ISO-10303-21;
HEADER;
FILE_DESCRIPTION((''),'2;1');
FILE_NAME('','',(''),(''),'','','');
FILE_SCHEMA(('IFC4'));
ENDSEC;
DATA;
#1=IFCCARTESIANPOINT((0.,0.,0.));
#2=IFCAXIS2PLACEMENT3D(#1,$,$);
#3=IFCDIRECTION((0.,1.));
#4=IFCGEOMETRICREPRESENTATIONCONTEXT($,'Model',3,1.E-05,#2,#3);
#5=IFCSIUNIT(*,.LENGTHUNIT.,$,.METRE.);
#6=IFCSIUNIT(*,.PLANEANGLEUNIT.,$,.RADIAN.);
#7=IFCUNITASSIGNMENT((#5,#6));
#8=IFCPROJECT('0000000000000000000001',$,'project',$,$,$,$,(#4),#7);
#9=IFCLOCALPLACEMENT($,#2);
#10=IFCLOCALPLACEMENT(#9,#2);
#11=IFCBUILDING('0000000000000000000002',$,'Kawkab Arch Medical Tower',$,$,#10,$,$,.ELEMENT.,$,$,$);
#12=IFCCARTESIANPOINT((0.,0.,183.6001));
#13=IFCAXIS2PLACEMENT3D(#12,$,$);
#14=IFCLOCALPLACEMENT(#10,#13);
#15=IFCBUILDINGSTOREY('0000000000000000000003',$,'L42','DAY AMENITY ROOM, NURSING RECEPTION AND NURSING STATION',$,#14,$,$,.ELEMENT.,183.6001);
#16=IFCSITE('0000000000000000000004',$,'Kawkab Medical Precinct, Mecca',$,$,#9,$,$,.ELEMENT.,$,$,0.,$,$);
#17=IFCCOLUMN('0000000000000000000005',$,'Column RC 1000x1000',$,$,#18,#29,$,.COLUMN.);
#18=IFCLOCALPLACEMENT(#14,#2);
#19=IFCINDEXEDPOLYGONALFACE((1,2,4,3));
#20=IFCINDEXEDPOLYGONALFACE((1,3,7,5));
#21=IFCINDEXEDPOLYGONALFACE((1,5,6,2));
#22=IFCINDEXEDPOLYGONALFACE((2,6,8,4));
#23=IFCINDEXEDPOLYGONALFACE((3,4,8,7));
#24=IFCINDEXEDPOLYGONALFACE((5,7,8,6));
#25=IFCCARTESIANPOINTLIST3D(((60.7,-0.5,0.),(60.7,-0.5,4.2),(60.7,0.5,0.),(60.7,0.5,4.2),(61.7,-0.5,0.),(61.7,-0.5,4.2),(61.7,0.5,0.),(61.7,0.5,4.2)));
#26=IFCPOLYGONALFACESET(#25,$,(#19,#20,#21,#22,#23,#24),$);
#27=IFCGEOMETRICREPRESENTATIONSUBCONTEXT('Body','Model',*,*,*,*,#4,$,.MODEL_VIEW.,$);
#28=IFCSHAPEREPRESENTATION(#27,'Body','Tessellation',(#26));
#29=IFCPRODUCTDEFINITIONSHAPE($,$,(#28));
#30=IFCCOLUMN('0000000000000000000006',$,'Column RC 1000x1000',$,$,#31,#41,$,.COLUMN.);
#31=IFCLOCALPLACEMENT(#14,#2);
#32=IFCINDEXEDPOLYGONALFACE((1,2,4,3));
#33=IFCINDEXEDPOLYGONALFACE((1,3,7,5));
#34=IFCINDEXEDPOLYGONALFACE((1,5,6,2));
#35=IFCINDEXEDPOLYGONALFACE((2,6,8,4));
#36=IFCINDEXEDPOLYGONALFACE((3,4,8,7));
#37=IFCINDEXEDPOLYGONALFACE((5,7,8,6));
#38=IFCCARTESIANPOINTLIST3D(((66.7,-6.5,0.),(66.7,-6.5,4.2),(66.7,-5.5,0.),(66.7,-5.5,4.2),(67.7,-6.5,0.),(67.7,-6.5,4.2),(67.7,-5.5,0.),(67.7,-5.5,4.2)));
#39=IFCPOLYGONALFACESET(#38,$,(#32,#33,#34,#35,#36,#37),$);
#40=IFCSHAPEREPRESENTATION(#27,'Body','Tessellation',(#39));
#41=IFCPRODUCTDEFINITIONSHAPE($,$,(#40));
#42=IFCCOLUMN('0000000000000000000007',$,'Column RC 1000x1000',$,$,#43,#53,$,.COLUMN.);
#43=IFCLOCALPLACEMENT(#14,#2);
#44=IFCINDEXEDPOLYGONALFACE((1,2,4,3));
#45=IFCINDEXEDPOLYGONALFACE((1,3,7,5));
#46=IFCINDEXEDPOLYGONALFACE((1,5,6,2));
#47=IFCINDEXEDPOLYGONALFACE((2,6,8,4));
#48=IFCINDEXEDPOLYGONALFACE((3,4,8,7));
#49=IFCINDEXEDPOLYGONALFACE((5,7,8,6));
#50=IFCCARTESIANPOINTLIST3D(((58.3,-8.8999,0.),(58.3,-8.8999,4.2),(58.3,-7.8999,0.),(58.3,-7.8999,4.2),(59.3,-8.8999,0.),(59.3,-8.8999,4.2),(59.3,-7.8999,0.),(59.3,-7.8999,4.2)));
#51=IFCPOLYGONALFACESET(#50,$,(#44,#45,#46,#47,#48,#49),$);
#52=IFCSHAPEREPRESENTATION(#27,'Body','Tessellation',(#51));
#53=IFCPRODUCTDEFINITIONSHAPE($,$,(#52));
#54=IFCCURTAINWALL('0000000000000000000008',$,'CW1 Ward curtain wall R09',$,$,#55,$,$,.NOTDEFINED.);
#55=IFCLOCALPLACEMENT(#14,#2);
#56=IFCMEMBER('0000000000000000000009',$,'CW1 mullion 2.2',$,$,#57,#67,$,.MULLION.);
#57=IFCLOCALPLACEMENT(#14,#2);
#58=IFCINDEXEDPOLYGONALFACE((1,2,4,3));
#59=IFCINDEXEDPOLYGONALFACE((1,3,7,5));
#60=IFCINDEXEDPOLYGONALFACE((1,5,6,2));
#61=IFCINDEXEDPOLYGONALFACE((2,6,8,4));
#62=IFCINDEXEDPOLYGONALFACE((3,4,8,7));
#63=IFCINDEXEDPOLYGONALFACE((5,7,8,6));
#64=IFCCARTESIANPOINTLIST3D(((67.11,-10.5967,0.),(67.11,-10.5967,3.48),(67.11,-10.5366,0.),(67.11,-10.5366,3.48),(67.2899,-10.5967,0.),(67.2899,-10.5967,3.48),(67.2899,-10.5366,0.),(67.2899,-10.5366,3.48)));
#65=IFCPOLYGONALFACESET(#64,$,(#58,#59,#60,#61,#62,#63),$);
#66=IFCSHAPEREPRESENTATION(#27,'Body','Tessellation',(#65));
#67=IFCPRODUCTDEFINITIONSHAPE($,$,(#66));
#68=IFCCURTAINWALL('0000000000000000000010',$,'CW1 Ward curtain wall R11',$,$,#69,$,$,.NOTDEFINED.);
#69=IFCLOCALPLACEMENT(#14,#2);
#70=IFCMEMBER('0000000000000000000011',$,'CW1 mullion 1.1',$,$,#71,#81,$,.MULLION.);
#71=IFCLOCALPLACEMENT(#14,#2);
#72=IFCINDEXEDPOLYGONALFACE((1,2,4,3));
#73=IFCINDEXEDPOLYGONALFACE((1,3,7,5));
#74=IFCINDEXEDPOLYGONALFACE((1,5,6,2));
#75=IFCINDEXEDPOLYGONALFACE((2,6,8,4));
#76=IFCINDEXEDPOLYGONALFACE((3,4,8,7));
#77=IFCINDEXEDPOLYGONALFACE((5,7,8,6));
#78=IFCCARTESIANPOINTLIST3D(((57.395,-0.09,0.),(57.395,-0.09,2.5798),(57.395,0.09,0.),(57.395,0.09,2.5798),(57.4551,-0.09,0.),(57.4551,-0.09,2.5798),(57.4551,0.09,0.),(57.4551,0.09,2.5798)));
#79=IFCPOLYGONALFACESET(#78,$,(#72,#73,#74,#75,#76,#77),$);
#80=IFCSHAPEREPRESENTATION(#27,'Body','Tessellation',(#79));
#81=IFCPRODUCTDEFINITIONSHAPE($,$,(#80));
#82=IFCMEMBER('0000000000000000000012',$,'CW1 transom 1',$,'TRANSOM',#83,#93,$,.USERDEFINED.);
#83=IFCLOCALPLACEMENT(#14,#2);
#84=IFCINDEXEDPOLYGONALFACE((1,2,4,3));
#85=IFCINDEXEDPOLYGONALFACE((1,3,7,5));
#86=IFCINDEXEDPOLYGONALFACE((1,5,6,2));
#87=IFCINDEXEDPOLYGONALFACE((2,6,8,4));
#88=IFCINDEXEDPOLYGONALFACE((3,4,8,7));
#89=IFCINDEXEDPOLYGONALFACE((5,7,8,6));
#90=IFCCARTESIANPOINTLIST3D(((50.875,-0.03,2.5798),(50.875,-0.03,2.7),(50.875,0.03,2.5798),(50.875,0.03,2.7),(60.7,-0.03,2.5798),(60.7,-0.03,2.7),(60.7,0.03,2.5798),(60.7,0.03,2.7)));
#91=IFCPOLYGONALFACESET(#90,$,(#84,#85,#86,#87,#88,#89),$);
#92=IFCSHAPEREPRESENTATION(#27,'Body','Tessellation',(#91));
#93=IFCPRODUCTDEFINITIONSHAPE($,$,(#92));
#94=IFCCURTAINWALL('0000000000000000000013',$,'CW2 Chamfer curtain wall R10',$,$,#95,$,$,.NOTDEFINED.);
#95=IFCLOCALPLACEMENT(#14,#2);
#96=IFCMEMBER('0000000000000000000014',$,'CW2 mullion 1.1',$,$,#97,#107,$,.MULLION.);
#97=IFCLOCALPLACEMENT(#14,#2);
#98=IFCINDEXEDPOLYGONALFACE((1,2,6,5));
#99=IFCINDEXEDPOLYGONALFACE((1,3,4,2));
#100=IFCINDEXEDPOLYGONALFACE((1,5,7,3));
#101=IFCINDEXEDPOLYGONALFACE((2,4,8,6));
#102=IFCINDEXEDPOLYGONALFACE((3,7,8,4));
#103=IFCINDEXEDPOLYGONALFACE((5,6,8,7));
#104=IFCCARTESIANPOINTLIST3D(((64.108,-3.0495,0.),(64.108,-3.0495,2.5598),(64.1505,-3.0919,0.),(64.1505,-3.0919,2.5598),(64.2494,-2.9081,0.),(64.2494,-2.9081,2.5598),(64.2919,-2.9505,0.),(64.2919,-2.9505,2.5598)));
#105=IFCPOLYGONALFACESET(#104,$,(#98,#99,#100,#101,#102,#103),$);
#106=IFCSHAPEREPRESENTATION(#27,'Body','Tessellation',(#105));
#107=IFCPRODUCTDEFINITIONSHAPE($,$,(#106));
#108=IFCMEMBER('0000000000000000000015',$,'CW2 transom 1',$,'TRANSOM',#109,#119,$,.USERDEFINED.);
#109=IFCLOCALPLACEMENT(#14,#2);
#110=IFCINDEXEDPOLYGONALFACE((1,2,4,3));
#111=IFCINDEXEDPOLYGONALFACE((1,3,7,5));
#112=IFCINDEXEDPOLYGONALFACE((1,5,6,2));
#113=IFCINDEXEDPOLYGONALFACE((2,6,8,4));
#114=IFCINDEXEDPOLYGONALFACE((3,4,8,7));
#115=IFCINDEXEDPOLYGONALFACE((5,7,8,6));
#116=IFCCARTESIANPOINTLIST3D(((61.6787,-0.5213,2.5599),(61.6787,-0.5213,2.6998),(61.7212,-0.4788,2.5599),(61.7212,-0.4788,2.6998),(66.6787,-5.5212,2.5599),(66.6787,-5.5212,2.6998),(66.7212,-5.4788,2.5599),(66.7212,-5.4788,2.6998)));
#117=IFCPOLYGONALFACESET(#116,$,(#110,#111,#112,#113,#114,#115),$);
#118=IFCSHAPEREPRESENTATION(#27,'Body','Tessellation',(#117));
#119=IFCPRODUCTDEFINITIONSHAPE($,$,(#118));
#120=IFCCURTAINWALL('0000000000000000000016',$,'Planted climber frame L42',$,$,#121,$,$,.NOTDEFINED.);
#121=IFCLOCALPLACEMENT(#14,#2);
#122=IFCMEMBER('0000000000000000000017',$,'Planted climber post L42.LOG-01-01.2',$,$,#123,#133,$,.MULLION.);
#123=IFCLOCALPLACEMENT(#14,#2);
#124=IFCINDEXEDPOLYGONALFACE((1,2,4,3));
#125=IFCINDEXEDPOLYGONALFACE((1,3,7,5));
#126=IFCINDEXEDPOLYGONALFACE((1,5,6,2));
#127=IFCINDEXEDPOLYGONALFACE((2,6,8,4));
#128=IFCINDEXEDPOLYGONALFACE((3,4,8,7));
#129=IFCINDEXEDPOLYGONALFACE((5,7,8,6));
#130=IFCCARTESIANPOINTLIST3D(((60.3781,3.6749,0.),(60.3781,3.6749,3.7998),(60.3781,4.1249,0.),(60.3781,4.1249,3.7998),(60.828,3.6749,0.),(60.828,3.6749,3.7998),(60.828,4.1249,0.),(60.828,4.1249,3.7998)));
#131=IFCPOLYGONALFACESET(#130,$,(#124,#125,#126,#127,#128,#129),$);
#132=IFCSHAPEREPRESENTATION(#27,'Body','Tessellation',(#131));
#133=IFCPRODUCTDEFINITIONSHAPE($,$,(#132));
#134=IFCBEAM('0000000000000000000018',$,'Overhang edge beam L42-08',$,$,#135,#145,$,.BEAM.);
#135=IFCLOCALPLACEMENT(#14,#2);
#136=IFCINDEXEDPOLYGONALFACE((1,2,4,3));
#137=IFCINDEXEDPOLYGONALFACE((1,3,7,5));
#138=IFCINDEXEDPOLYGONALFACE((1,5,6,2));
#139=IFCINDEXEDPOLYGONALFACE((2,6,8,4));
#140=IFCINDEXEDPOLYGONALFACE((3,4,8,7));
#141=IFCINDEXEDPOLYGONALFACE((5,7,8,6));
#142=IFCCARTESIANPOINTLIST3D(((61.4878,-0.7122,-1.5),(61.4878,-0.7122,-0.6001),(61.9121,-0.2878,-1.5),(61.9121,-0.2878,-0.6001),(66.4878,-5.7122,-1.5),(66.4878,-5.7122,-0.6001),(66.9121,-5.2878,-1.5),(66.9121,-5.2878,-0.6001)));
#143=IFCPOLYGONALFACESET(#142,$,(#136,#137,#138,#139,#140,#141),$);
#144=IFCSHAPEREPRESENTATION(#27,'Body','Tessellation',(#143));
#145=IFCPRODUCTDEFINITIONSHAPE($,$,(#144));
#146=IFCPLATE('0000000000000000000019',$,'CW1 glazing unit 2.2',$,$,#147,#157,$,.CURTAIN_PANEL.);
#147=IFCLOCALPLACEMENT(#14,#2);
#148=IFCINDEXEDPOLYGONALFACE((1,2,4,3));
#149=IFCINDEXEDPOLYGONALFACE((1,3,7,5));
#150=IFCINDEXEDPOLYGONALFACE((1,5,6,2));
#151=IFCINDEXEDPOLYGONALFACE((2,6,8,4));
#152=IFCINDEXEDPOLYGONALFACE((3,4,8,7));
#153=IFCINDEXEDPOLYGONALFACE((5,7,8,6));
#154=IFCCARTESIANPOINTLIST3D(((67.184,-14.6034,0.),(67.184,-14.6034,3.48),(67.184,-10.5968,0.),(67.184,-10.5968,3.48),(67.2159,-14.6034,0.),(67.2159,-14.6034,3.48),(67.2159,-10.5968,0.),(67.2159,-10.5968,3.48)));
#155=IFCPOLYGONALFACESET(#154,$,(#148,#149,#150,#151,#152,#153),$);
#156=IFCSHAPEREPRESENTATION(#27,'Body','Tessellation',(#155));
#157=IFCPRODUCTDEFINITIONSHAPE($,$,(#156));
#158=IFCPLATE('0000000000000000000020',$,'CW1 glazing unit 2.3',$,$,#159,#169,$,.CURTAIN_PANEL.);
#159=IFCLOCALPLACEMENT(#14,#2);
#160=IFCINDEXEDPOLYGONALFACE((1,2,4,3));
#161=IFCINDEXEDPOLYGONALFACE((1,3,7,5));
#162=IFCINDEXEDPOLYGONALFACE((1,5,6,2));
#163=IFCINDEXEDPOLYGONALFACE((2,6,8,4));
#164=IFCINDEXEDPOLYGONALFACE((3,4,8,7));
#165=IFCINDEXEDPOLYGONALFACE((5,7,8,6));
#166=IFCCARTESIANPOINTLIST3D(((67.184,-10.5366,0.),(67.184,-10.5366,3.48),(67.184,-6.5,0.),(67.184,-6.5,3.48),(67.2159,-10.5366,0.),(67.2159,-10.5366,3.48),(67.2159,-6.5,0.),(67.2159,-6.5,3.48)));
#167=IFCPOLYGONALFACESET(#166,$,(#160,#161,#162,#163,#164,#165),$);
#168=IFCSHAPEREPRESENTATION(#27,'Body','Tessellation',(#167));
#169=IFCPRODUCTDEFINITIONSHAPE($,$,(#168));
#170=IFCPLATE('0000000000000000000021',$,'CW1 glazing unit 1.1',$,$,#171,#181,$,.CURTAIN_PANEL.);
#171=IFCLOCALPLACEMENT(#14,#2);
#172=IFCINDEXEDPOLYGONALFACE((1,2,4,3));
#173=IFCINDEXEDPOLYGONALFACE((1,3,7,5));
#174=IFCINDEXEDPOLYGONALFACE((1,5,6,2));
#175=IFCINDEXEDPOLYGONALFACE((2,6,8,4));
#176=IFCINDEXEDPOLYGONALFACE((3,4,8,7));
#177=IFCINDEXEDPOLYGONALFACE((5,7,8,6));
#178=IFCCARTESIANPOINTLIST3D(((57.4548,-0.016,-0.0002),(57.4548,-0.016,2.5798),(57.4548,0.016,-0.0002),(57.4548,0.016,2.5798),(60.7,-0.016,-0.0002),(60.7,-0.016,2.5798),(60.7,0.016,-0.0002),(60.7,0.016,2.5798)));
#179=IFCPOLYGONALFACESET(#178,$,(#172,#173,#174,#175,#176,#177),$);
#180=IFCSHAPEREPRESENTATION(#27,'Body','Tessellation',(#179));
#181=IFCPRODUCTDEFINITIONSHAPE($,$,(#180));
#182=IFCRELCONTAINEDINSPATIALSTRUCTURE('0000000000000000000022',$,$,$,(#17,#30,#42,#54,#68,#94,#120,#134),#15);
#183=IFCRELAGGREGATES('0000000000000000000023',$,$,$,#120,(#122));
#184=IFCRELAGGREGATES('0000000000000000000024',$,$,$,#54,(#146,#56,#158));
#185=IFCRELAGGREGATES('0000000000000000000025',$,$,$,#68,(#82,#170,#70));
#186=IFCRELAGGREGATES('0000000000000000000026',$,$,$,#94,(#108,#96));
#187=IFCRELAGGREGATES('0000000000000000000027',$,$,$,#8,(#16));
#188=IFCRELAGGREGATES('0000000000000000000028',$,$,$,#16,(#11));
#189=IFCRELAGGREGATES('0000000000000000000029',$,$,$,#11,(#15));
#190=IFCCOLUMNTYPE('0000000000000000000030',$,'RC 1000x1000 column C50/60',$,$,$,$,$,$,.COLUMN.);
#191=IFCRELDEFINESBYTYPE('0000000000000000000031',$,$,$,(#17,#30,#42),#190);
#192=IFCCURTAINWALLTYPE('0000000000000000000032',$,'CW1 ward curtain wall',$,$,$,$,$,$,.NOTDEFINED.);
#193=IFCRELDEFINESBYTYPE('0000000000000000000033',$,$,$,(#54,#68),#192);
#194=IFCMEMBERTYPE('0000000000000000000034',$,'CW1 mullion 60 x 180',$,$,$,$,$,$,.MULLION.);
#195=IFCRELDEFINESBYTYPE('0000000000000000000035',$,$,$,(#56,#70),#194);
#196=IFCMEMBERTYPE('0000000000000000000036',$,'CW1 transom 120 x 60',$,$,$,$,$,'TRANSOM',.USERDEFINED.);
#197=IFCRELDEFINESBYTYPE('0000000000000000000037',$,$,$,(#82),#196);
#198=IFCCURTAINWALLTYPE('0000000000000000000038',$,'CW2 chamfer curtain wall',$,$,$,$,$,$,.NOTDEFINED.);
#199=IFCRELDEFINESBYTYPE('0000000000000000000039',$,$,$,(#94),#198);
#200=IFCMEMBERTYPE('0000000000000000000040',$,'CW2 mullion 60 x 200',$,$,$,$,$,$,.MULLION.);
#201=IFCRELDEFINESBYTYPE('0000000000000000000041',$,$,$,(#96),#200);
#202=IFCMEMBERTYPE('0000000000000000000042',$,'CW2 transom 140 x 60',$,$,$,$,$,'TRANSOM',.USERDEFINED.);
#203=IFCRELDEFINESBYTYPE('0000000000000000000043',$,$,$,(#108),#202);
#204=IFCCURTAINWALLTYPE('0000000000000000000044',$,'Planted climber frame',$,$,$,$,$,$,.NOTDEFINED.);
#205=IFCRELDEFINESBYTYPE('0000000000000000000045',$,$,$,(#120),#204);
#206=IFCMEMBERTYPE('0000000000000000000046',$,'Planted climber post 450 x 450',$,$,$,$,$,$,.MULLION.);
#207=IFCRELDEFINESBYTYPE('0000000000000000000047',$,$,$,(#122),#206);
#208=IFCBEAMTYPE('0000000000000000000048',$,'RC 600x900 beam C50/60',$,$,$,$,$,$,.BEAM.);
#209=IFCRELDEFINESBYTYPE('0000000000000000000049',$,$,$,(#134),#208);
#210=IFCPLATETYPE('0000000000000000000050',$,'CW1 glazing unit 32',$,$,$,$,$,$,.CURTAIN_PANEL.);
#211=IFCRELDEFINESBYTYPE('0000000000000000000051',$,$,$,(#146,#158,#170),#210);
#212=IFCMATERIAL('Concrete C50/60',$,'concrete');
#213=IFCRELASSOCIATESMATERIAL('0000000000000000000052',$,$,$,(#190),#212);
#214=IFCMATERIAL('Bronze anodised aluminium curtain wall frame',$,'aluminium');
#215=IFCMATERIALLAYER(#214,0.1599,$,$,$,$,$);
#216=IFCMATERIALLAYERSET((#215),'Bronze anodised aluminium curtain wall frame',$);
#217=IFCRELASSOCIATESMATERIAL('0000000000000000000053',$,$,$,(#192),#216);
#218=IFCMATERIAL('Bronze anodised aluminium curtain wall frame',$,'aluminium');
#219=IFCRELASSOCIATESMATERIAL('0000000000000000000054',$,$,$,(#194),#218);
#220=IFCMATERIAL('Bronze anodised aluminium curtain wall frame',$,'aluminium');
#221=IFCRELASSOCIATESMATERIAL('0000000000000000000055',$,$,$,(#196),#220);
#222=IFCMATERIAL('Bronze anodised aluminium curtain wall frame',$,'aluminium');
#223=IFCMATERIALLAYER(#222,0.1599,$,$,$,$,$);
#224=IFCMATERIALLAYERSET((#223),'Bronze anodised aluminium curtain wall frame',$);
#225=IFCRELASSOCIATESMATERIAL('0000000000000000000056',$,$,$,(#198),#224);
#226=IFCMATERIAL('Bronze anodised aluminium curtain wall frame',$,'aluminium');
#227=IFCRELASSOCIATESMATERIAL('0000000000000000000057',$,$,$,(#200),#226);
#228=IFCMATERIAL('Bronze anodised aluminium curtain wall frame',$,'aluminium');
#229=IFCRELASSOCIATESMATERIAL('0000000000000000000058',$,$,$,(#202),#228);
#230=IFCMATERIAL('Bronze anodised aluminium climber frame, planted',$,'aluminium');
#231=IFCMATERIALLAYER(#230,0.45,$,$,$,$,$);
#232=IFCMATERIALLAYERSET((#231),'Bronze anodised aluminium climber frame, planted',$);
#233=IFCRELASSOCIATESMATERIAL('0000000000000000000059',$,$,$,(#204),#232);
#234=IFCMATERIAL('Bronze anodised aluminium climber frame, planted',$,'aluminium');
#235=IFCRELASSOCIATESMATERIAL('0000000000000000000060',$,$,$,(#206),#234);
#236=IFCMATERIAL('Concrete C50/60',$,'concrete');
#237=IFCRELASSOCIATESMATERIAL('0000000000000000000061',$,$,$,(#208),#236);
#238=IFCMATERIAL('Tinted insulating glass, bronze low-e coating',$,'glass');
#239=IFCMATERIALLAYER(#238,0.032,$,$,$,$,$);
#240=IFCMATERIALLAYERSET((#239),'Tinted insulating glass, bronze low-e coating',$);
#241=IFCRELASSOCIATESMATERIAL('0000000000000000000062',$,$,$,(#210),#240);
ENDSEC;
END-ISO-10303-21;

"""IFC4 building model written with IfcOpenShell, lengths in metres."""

from ifc_helpers import new_model, si_unit, direction, frame, origin, origin_2d, place, context, subcontext, project, spatial, rectangle, extrude, material, layer, layer_set, material_profile, profile_set, type_object, element, aggregate, save


model = new_model("IFC4")

# Units and contexts
model_context = context("Model", 3, precision=1e-05, world=origin(), true_north=direction((0.0, 1.0)))
body_context = subcontext(model_context, "Body", "Model", "MODEL_VIEW")
ifc_project = project(units=[si_unit("LENGTHUNIT", "METRE"), si_unit("PLANEANGLEUNIT", "RADIAN")], contexts=[model_context])

# Site, building, storey
site_placement = place(None, origin())
site = spatial("IfcSite", under=ifc_project, at=site_placement, Name="Kawkab Medical Precinct, Mecca", CompositionType="ELEMENT", RefElevation=0.0)
building_placement = place(site_placement, origin())
building = spatial("IfcBuilding", under=site, at=building_placement, Name="Kawkab Arch Medical Tower", CompositionType="ELEMENT")
storey_placement = place(building_placement, frame((0.0, 0.0, 183.6001)))
storey = spatial("IfcBuildingStorey", under=building, at=storey_placement, Name="L42", Description="DAY AMENITY ROOM, NURSING RECEPTION AND NURSING STATION", CompositionType="ELEMENT", Elevation=183.6001)

# Columns
ifc_material_1 = material(Name="Concrete C50/60", Category="concrete")
ifc_material_profile_1 = material_profile(ifc_material_1, rectangle(XDim=1.0, YDim=1.0, at=origin_2d()), Name="RC 1000x1000")
ifc_profile_set_1 = profile_set([ifc_material_profile_1], Name="Concrete C50/60")
column_type = type_object("IfcColumnType", Name="RC 1000x1000 column C50/60", PredefinedType="COLUMN", material=ifc_profile_set_1)
for number, where, z_axis, x_axis, name in (
    (1, (61.2, 0.0, 0.0), (0.0, 0.0, 1.0), (1.0, 0.0, 0.0), "Column RC 1000x1000"),
    (2, (67.2, -6.0, 0.0), (0.0, 0.0, 1.0), (1.0, 0.0, 0.0), "Column RC 1000x1000"),
    (3, (58.8, -8.3999, 0.0), (0.0, 0.0, 1.0), (1.0, 0.0, 0.0), "Column RC 1000x1000"),
):
    element("IfcColumn", number, at=place(storey_placement, frame(where, z_axis=z_axis, x_axis=x_axis)), inside=storey, type_object=column_type, Name=name, PredefinedType="COLUMN", context=body_context, shape_type="SweptSolid", body=[
        extrude(rectangle(XDim=1.0, YDim=1.0, at=origin_2d()), origin(), (0.0, 0.0, 1.0), 4.2),
    ])

# Curtain wall, member
ifc_material_2 = material(Name="Bronze anodised aluminium curtain wall frame", Category="aluminium")
ifc_layer_1 = layer(ifc_material_2, 0.1599)
ifc_layer_set_1 = layer_set([ifc_layer_1], Name="Bronze anodised aluminium curtain wall frame")
curtain_wall_type_1 = type_object("IfcCurtainWallType", Name="CW1 ward curtain wall", PredefinedType="NOTDEFINED", material=ifc_layer_set_1)
placement = place(storey_placement, origin())
curtain_wall_1 = element("IfcCurtainWall", 4, at=placement, inside=storey, type_object=curtain_wall_type_1, Name="CW1 Ward curtain wall R09", PredefinedType="NOTDEFINED")
ifc_material_3 = material(Name="Bronze anodised aluminium curtain wall frame", Category="aluminium")
ifc_material_profile_2 = material_profile(ifc_material_3, rectangle(XDim=0.1799, YDim=0.0601, at=origin_2d()), Name="AL 60x180")
ifc_profile_set_2 = profile_set([ifc_material_profile_2], Name="Bronze anodised aluminium curtain wall frame")
member_type_1 = type_object("IfcMemberType", Name="CW1 mullion 60 x 180", PredefinedType="MULLION", material=ifc_profile_set_2)
member_1_placement = place(storey_placement, frame((67.2, -10.5667, 0.0), z_axis=(0.0, 0.0, 1.0), x_axis=(-1.0, 0.0, 0.0)))
member_1 = element("IfcMember", 5, at=member_1_placement, type_object=member_type_1, Name="CW1 mullion 2.2", PredefinedType="MULLION", context=body_context, shape_type="SweptSolid", body=[
    extrude(rectangle(XDim=0.1799, YDim=0.0601, at=origin_2d()), origin(), (0.0, 0.0, 1.0), 3.48),
])

# Curtain walls, members
curtain_wall_2 = element("IfcCurtainWall", 6, at=placement, inside=storey, type_object=curtain_wall_type_1, Name="CW1 Ward curtain wall R11", PredefinedType="NOTDEFINED")
member_2_placement = place(storey_placement, frame((57.425, 0.0, 0.0), z_axis=(0.0, 0.0, 1.0), x_axis=(0.0, -1.0, 0.0)))
member_2 = element("IfcMember", 7, at=member_2_placement, type_object=member_type_1, Name="CW1 mullion 1.1", PredefinedType="MULLION", context=body_context, shape_type="SweptSolid", body=[
    extrude(rectangle(XDim=0.1799, YDim=0.0601, at=origin_2d()), origin(), (0.0, 0.0, 1.0), 2.5798),
])
ifc_material_4 = material(Name="Bronze anodised aluminium curtain wall frame", Category="aluminium")
ifc_material_profile_3 = material_profile(ifc_material_4, rectangle(XDim=0.0601, YDim=0.1201, at=origin_2d()), Name="AL 60x120")
ifc_profile_set_3 = profile_set([ifc_material_profile_3], Name="Bronze anodised aluminium curtain wall frame")
member_type_2 = type_object("IfcMemberType", Name="CW1 transom 120 x 60", ElementType="TRANSOM", PredefinedType="USERDEFINED", material=ifc_profile_set_3)
member_3_placement = place(storey_placement, frame((60.7, 0.0, 2.6399), z_axis=(-1.0, 0.0, 0.0), x_axis=(0.0, -1.0, 0.0)))
member_3 = element("IfcMember", 8, at=member_3_placement, type_object=member_type_2, Name="CW1 transom 1", ObjectType="TRANSOM", PredefinedType="USERDEFINED", context=body_context, shape_type="SweptSolid", body=[
    extrude(rectangle(XDim=0.0601, YDim=0.1201, at=origin_2d()), origin(), (0.0, 0.0, 1.0), 9.825),
])
ifc_material_5 = material(Name="Bronze anodised aluminium curtain wall frame", Category="aluminium")
ifc_layer_2 = layer(ifc_material_5, 0.1599)
ifc_layer_set_2 = layer_set([ifc_layer_2], Name="Bronze anodised aluminium curtain wall frame")
curtain_wall_type_2 = type_object("IfcCurtainWallType", Name="CW2 chamfer curtain wall", PredefinedType="NOTDEFINED", material=ifc_layer_set_2)
curtain_wall_3 = element("IfcCurtainWall", 9, at=placement, inside=storey, type_object=curtain_wall_type_2, Name="CW2 Chamfer curtain wall R10", PredefinedType="NOTDEFINED")
ifc_material_6 = material(Name="Bronze anodised aluminium curtain wall frame", Category="aluminium")
ifc_material_profile_4 = material_profile(ifc_material_6, rectangle(XDim=0.2, YDim=0.0601, at=origin_2d()), Name="AL 60x200")
ifc_profile_set_4 = profile_set([ifc_material_profile_4], Name="Bronze anodised aluminium curtain wall frame")
member_type_3 = type_object("IfcMemberType", Name="CW2 mullion 60 x 200", PredefinedType="MULLION", material=ifc_profile_set_4)
member_4_placement = place(storey_placement, frame((64.2, -3.0, 0.0), z_axis=(0.0, 0.0, 1.0), x_axis=(-0.707107, -0.707107, 0.0)))
member_4 = element("IfcMember", 10, at=member_4_placement, type_object=member_type_3, Name="CW2 mullion 1.1", PredefinedType="MULLION", context=body_context, shape_type="SweptSolid", body=[
    extrude(rectangle(XDim=0.2, YDim=0.0601, at=origin_2d()), origin(), (0.0, 0.0, 1.0), 2.5598),
])
ifc_material_7 = material(Name="Bronze anodised aluminium curtain wall frame", Category="aluminium")
ifc_material_profile_5 = material_profile(ifc_material_7, rectangle(XDim=0.0601, YDim=0.1399, at=origin_2d()), Name="AL 60x140")
ifc_profile_set_5 = profile_set([ifc_material_profile_5], Name="Bronze anodised aluminium curtain wall frame")
member_type_4 = type_object("IfcMemberType", Name="CW2 transom 140 x 60", ElementType="TRANSOM", PredefinedType="USERDEFINED", material=ifc_profile_set_5)
member_5_placement = place(storey_placement, frame((66.7, -5.5, 2.6299), z_axis=(-0.707107, 0.707107, 0.0), x_axis=(-0.707107, -0.707107, 0.0)))
member_5 = element("IfcMember", 11, at=member_5_placement, type_object=member_type_4, Name="CW2 transom 1", ObjectType="TRANSOM", PredefinedType="USERDEFINED", context=body_context, shape_type="SweptSolid", body=[
    extrude(rectangle(XDim=0.0601, YDim=0.1399, at=origin_2d()), origin(), (0.0, 0.0, 1.0), 7.071),
])

# Curtain wall, member
ifc_material_8 = material(Name="Bronze anodised aluminium climber frame, planted", Category="aluminium")
ifc_layer_3 = layer(ifc_material_8, 0.45)
ifc_layer_set_3 = layer_set([ifc_layer_3], Name="Bronze anodised aluminium climber frame, planted")
curtain_wall_type_3 = type_object("IfcCurtainWallType", Name="Planted climber frame", PredefinedType="NOTDEFINED", material=ifc_layer_set_3)
curtain_wall_4 = element("IfcCurtainWall", 12, at=placement, inside=storey, type_object=curtain_wall_type_3, Name="Planted climber frame L42", PredefinedType="NOTDEFINED")
ifc_material_9 = material(Name="Bronze anodised aluminium climber frame, planted", Category="aluminium")
ifc_material_profile_6 = material_profile(ifc_material_9, rectangle(XDim=0.45, YDim=0.45, at=origin_2d()), Name="Post 450x450")
ifc_profile_set_6 = profile_set([ifc_material_profile_6], Name="Bronze anodised aluminium climber frame, planted")
member_type_5 = type_object("IfcMemberType", Name="Planted climber post 450 x 450", PredefinedType="MULLION", material=ifc_profile_set_6)
member_6_placement = place(storey_placement, frame((60.603, 3.8999, 0.0), z_axis=(0.0, 0.0, 1.0), x_axis=(1.0, 0.0, 0.0)))
member_6 = element("IfcMember", 13, at=member_6_placement, type_object=member_type_5, Name="Planted climber post L42.LOG-01-01.2", PredefinedType="MULLION", context=body_context, shape_type="SweptSolid", body=[
    extrude(rectangle(XDim=0.45, YDim=0.45, at=origin_2d()), origin(), (0.0, 0.0, 1.0), 3.7998),
])
aggregate(curtain_wall_4, [member_6])

# Beam
ifc_material_10 = material(Name="Concrete C50/60", Category="concrete")
ifc_material_profile_7 = material_profile(ifc_material_10, rectangle(XDim=0.6001, YDim=0.8999, at=origin_2d()), Name="RC 600x900")
ifc_profile_set_7 = profile_set([ifc_material_profile_7], Name="Concrete C50/60")
beam_type = type_object("IfcBeamType", Name="RC 600x900 beam C50/60", PredefinedType="BEAM", material=ifc_profile_set_7)
beam_placement = place(storey_placement, frame((61.7, -0.5, -1.05), z_axis=(0.707107, -0.707107, 0.0), x_axis=(0.707107, 0.707107, 0.0)))
element("IfcBeam", 14, at=beam_placement, inside=storey, type_object=beam_type, Name="Overhang edge beam L42-08", PredefinedType="BEAM", context=body_context, shape_type="SweptSolid", body=[
    extrude(rectangle(XDim=0.6001, YDim=0.8999, at=origin_2d()), origin(), (0.0, 0.0, 1.0), 7.071),
])

# Plates
ifc_material_11 = material(Name="Tinted insulating glass, bronze low-e coating", Category="glass")
ifc_layer_4 = layer(ifc_material_11, 0.032)
ifc_layer_set_4 = layer_set([ifc_layer_4], Name="Tinted insulating glass, bronze low-e coating")
plate_type_1 = type_object("IfcPlateType", Name="CW1 glazing unit 32", PredefinedType="CURTAIN_PANEL", material=ifc_layer_set_4)
plate_1_placement = place(storey_placement, frame((67.2, -12.6001, 0.0), z_axis=(0.0, 0.0, 1.0), x_axis=(0.0, 1.0, 0.0)))
plate_1 = element("IfcPlate", 15, at=plate_1_placement, type_object=plate_type_1, Name="CW1 glazing unit 2.2", PredefinedType="CURTAIN_PANEL", context=body_context, shape_type="SweptSolid", body=[
    extrude(rectangle(XDim=4.0066, YDim=0.032, at=origin_2d()), origin(), (0.0, 0.0, 1.0), 3.48),
])
plate_2_placement = place(storey_placement, frame((67.2, -8.5183, 0.0), z_axis=(0.0, 0.0, 1.0), x_axis=(0.0, 1.0, 0.0)))
plate_2 = element("IfcPlate", 16, at=plate_2_placement, type_object=plate_type_1, Name="CW1 glazing unit 2.3", PredefinedType="CURTAIN_PANEL", context=body_context, shape_type="SweptSolid", body=[
    extrude(rectangle(XDim=4.0366, YDim=0.032, at=origin_2d()), origin(), (0.0, 0.0, 1.0), 3.48),
])
aggregate(curtain_wall_1, [plate_1, member_1, plate_2])
plate_3_placement = place(storey_placement, frame((59.0774, 0.0, -0.0002), z_axis=(0.0, 0.0, 1.0), x_axis=(-1.0, 0.0, 0.0)))
plate_3 = element("IfcPlate", 17, at=plate_3_placement, type_object=plate_type_1, Name="CW1 glazing unit 1.1", PredefinedType="CURTAIN_PANEL", context=body_context, shape_type="SweptSolid", body=[
    extrude(rectangle(XDim=3.2451, YDim=0.032, at=origin_2d()), origin(), (0.0, 0.0, 1.0), 2.5801),
])
aggregate(curtain_wall_2, [member_3, plate_3, member_2])
aggregate(curtain_wall_3, [member_5, member_4])

save(model, "model.ifc")
